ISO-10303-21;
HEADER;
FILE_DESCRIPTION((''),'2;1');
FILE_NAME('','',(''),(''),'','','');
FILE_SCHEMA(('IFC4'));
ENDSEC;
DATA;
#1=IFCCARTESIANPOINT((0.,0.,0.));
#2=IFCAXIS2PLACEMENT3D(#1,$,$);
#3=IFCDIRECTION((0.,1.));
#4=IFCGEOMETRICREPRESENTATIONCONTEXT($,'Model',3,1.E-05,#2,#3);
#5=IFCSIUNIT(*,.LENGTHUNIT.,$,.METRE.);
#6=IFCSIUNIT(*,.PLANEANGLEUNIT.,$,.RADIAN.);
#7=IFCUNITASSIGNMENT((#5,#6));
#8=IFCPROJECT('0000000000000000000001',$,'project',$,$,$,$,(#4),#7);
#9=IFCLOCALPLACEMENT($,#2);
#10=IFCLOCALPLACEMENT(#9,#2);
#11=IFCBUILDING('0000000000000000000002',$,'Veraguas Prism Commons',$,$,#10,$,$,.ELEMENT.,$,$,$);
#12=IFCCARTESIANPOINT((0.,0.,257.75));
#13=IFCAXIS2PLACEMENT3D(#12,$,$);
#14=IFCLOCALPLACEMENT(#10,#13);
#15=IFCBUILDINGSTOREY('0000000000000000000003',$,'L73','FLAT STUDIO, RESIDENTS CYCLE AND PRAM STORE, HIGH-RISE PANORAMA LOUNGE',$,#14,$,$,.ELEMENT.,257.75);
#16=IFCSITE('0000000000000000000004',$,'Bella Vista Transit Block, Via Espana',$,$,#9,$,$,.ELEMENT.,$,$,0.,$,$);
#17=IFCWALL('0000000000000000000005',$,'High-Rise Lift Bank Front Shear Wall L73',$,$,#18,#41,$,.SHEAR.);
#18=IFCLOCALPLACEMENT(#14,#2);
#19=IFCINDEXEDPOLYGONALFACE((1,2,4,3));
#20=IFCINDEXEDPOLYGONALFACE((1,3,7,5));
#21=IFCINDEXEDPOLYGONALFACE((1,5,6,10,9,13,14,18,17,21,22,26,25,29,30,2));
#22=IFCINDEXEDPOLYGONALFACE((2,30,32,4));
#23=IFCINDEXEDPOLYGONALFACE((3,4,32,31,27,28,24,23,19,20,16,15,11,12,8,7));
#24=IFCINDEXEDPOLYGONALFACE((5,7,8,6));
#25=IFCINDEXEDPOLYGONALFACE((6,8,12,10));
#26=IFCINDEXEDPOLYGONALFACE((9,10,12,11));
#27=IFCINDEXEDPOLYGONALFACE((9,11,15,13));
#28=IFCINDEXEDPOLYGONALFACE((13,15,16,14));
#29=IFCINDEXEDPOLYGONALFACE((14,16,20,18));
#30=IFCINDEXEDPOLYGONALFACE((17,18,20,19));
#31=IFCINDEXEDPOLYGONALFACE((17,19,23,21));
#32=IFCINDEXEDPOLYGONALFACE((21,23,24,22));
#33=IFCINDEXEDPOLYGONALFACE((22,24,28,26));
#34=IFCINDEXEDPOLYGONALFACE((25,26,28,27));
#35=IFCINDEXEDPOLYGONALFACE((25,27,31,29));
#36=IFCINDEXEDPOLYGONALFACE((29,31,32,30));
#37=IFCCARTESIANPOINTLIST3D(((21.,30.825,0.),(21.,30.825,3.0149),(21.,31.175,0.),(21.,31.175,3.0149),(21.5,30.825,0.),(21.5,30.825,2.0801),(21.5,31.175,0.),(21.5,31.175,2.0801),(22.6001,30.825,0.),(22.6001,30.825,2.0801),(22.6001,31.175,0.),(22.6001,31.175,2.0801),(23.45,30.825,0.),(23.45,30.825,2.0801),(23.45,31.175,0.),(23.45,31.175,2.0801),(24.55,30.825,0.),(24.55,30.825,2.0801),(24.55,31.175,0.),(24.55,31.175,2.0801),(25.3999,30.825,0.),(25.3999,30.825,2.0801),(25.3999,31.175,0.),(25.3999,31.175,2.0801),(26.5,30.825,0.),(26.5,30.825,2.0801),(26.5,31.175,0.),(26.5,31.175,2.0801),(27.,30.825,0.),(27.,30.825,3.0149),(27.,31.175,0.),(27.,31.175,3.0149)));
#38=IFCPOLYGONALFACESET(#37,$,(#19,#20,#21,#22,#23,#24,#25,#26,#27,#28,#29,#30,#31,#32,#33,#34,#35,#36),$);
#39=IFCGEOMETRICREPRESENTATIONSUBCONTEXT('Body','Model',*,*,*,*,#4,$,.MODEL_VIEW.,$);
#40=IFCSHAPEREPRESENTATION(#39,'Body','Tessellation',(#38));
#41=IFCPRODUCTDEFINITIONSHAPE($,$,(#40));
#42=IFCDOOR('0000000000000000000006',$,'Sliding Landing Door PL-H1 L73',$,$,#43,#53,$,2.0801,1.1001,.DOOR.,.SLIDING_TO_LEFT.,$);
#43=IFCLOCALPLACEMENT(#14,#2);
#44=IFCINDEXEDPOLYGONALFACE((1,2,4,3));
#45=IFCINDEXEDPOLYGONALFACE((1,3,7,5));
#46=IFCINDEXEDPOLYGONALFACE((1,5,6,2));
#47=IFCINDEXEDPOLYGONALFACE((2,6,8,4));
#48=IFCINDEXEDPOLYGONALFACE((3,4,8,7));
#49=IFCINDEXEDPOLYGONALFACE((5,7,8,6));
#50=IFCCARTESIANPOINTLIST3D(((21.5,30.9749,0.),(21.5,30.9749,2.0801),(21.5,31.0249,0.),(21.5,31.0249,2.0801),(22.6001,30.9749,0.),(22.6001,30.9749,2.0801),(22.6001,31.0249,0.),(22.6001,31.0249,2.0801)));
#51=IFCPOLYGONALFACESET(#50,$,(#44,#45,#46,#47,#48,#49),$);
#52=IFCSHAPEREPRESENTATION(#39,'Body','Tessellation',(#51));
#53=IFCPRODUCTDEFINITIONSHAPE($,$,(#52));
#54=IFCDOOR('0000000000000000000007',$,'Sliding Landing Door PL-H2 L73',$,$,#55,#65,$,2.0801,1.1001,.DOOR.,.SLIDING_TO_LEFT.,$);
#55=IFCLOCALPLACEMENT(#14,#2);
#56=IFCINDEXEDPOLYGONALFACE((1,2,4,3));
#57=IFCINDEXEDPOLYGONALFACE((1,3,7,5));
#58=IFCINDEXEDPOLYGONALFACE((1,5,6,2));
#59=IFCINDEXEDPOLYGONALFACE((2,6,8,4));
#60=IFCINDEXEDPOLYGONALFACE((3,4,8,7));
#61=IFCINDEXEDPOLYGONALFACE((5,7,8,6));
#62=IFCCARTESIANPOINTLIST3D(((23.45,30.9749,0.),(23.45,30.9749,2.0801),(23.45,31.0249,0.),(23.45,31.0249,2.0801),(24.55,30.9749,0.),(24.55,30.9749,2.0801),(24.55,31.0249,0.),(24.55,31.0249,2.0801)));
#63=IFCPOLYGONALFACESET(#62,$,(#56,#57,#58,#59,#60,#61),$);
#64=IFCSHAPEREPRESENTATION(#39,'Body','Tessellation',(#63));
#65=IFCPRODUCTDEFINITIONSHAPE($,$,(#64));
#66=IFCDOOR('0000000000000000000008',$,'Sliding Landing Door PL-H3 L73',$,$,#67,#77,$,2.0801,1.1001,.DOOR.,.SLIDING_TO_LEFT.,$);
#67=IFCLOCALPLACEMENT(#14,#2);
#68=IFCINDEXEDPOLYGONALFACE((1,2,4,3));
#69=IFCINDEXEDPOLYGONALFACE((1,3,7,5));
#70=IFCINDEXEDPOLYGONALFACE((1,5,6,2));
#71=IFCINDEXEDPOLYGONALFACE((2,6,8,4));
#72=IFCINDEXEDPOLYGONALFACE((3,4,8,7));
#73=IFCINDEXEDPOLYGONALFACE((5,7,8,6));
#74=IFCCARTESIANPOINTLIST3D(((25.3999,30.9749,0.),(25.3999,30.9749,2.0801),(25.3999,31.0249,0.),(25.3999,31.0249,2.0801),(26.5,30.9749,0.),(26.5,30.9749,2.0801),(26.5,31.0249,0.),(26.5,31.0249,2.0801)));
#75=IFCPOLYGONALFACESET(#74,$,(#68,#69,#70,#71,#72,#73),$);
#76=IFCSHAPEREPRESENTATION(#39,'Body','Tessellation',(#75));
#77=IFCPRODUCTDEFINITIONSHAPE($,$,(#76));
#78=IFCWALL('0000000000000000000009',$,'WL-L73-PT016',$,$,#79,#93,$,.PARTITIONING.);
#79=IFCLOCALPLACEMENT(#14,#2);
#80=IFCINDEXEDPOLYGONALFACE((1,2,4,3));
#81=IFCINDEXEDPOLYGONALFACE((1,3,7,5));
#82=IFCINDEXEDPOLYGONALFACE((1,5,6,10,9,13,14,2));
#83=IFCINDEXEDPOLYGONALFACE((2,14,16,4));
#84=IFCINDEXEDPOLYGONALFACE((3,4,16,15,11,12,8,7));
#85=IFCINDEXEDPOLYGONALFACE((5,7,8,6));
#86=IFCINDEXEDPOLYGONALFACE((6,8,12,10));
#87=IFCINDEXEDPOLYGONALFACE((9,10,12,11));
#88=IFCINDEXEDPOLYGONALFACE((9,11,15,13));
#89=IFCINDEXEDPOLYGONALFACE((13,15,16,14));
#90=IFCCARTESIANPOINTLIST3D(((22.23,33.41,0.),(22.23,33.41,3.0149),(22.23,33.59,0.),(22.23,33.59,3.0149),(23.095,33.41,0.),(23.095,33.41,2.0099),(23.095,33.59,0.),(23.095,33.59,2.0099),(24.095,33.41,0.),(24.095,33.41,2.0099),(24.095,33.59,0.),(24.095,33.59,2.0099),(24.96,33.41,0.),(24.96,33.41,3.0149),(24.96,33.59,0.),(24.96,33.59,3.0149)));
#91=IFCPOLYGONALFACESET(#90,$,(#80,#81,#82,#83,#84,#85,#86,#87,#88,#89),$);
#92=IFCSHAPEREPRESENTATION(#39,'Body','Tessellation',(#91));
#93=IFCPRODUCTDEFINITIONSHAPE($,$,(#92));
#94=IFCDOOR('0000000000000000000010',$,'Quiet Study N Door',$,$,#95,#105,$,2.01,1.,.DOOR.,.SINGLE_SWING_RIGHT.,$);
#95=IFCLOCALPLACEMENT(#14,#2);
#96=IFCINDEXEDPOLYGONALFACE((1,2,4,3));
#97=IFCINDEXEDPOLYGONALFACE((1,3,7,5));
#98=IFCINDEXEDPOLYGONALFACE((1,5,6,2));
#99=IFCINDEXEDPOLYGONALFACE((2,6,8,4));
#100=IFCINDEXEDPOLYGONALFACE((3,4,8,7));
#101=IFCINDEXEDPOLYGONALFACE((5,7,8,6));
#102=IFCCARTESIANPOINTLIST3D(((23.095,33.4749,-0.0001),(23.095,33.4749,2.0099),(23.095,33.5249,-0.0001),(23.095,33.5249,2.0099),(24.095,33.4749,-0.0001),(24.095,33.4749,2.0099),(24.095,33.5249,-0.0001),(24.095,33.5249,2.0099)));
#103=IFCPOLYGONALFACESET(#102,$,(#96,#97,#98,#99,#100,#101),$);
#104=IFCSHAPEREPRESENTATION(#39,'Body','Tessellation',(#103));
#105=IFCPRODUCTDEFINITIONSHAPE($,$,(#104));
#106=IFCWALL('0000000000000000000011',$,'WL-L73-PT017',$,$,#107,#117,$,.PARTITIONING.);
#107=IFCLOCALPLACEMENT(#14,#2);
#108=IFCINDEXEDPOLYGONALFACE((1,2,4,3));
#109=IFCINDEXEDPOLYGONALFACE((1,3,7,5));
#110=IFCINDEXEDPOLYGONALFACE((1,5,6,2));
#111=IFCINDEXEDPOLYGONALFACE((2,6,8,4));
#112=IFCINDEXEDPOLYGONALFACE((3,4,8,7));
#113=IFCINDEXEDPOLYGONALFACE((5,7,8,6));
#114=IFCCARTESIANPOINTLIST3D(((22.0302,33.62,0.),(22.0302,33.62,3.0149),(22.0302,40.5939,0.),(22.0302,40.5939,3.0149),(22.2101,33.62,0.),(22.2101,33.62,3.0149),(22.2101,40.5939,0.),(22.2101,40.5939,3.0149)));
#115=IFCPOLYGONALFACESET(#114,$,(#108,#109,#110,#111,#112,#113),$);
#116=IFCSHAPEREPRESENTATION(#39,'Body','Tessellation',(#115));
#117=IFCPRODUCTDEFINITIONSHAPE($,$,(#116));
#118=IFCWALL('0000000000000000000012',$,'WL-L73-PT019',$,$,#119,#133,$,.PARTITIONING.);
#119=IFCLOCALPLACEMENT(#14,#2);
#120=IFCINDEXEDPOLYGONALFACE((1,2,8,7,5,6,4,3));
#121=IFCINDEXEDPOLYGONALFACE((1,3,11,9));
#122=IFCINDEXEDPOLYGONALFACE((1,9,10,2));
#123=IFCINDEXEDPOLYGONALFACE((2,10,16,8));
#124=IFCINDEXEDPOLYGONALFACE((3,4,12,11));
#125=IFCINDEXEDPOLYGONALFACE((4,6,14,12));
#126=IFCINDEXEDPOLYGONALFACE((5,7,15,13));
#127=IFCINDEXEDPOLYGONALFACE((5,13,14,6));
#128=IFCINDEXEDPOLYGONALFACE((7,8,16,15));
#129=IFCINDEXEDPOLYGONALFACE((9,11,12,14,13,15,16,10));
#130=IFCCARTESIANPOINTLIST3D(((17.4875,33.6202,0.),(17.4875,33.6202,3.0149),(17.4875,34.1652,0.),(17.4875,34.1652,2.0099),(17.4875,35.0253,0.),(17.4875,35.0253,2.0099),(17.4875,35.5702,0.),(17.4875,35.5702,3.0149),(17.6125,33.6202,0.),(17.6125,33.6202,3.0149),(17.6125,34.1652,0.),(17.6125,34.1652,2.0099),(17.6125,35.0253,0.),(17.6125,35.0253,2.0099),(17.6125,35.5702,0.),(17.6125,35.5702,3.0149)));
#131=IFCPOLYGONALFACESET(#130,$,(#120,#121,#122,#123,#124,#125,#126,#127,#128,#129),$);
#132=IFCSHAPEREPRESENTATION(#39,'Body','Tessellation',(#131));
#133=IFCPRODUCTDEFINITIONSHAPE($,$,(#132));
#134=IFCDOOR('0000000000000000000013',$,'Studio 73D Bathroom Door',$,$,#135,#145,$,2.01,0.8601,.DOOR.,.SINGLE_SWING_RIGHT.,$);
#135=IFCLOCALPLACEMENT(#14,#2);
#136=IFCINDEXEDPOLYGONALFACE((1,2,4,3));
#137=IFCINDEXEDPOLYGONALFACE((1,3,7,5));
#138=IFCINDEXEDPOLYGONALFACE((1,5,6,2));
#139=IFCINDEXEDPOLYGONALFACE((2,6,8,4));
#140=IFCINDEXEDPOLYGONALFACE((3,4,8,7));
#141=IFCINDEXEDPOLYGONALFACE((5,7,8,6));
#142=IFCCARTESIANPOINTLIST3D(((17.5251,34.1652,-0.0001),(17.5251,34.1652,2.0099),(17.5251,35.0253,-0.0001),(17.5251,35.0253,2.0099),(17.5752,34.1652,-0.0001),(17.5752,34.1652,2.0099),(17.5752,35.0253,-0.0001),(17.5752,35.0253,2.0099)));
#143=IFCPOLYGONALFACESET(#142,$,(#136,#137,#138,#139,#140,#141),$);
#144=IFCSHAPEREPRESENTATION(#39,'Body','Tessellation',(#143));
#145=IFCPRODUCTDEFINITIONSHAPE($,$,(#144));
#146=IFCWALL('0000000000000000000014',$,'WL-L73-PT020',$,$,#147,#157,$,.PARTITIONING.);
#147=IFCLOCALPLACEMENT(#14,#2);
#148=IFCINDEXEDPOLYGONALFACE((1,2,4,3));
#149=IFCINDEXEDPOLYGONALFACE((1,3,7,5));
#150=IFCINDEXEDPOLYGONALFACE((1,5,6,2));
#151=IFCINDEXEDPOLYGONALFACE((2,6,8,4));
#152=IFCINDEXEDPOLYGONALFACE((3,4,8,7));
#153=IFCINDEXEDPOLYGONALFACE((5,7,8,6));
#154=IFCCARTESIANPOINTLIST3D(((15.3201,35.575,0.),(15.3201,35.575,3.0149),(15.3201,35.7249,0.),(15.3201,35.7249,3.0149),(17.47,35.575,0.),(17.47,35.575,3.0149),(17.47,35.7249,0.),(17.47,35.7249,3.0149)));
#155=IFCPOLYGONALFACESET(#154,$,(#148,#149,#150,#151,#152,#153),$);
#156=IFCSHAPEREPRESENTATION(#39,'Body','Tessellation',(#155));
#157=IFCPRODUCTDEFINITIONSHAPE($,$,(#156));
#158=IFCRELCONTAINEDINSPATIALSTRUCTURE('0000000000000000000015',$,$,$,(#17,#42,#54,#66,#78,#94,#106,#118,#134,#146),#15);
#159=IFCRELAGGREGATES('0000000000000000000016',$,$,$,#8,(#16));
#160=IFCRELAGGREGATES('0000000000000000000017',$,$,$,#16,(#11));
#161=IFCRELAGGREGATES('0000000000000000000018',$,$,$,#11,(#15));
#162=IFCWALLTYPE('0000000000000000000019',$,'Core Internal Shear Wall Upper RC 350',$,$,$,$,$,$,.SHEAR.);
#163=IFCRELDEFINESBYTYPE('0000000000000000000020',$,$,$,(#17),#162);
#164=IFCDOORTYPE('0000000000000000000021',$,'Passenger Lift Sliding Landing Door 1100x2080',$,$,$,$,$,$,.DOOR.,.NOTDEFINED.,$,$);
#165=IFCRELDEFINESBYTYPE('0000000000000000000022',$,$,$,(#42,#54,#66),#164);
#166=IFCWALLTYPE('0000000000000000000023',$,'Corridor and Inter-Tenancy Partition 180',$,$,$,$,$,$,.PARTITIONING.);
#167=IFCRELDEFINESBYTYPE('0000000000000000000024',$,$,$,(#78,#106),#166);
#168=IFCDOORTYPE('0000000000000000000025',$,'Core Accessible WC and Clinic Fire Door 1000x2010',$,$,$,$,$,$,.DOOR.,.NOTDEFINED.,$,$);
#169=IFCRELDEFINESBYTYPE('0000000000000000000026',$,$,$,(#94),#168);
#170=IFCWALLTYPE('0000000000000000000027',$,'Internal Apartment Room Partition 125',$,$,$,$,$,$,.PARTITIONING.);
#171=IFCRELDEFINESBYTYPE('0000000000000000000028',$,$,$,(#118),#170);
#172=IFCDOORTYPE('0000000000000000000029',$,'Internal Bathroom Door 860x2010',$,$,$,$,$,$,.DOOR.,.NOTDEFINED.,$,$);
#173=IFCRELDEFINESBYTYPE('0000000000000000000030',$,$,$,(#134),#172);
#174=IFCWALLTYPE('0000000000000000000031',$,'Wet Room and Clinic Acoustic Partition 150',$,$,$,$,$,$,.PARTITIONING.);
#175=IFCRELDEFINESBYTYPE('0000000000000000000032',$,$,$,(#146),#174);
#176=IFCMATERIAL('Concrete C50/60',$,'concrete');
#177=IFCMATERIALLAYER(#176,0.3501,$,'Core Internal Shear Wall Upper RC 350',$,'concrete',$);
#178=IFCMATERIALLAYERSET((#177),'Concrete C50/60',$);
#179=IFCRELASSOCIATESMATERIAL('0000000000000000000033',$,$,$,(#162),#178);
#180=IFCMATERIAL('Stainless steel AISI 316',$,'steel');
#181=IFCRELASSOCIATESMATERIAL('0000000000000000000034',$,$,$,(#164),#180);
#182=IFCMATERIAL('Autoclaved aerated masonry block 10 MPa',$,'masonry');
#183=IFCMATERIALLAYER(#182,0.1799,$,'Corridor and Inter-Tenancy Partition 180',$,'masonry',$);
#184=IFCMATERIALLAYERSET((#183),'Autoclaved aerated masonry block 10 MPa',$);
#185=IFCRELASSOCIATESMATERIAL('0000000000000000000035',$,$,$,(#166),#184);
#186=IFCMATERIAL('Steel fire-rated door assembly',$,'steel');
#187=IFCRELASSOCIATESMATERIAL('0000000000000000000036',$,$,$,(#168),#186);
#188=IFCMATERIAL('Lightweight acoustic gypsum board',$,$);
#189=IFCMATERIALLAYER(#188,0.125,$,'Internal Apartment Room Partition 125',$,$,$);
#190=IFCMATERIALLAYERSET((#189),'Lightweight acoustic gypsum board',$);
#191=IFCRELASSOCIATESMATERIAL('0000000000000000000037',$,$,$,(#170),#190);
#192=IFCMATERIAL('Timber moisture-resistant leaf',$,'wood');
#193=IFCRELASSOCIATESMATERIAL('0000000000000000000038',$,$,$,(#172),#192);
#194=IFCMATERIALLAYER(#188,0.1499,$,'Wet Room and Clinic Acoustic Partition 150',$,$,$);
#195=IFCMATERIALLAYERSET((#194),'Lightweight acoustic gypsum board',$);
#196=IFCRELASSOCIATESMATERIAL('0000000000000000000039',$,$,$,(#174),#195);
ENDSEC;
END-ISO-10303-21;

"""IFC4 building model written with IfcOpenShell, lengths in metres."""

from ifc_helpers import new_model, si_unit, direction, frame, frame_2d, origin, place, context, subcontext, project, spatial, rectangle, extrude, source, transform, mapped, material, layer, layer_set, type_object, element, fill, save


model = new_model("IFC4")

# Units and contexts
model_context = context("Model", 3, precision=1e-05, world=origin(), true_north=direction((0.0, 1.0)))
body_context = subcontext(model_context, "Body", "Model", "MODEL_VIEW")
ifc_project = project(units=[si_unit("LENGTHUNIT", "METRE"), si_unit("PLANEANGLEUNIT", "RADIAN")], contexts=[model_context])

# Site, building, storey
site_placement = place(None, origin())
site = spatial("IfcSite", under=ifc_project, at=site_placement, Name="Bella Vista Transit Block, Via Espana", CompositionType="ELEMENT", RefElevation=0.0)
building_placement = place(site_placement, origin())
building = spatial("IfcBuilding", under=site, at=building_placement, Name="Veraguas Prism Commons", CompositionType="ELEMENT")
storey_placement = place(building_placement, frame((0.0, 0.0, 257.75)))
storey = spatial("IfcBuildingStorey", under=building, at=storey_placement, Name="L73", Description="FLAT STUDIO, RESIDENTS CYCLE AND PRAM STORE, HIGH-RISE PANORAMA LOUNGE", CompositionType="ELEMENT", Elevation=257.75)

# Shared definitions
ifc_material_1 = material(Name="Concrete C50/60", Category="concrete")

# Wall, openings, doors
ifc_layer_1 = layer(ifc_material_1, 0.3501, Name="Core Internal Shear Wall Upper RC 350", Category="concrete")
ifc_layer_set_1 = layer_set([ifc_layer_1], Name="Concrete C50/60")
wall_type_1 = type_object("IfcWallType", Name="Core Internal Shear Wall Upper RC 350", PredefinedType="SHEAR", material=ifc_layer_set_1)
wall_1_placement = place(storey_placement, frame((21.0, 31.0, 0.0), z_axis=(0.0, 0.0, 1.0), x_axis=(1.0, 0.0, 0.0)))
wall_1 = element("IfcWall", 1, at=wall_1_placement, inside=storey, type_object=wall_type_1, Name="High-Rise Lift Bank Front Shear Wall L73", PredefinedType="SHEAR", context=body_context, shape_type="SweptSolid", body=[
    extrude(rectangle(XDim=6.0, YDim=0.3501, at=frame_2d((3.0, 0.0))), origin(), (0.0, 0.0, 1.0), 3.0149),
])
opening_1_placement = place(wall_1_placement, frame((0.5, 0.0, 0.0)))
opening_1 = element("IfcOpeningElement", 2, at=opening_1_placement, cuts=wall_1, PredefinedType="OPENING", context=body_context, shape_type="SweptSolid", body=[
    extrude(rectangle(XDim=1.1001, YDim=2.0801, at=frame_2d((0.55, 1.04))), frame((0.0, 0.1851, 0.0), z_axis=(0.0, -1.0, 0.0), x_axis=(1.0, 0.0, 0.0)), (0.0, 0.0, 1.0), 0.3701),
])
opening_2_placement = place(wall_1_placement, frame((2.45, 0.0, 0.0)))
opening_2 = element("IfcOpeningElement", 3, at=opening_2_placement, cuts=wall_1, PredefinedType="OPENING", context=body_context, shape_type="SweptSolid", body=[
    extrude(rectangle(XDim=1.1001, YDim=2.0801, at=frame_2d((0.55, 1.04))), frame((0.0, 0.1851, 0.0), z_axis=(0.0, -1.0, 0.0), x_axis=(1.0, 0.0, 0.0)), (0.0, 0.0, 1.0), 0.3701),
])
opening_3_placement = place(wall_1_placement, frame((4.3999, 0.0, 0.0)))
opening_3 = element("IfcOpeningElement", 4, at=opening_3_placement, cuts=wall_1, PredefinedType="OPENING", context=body_context, shape_type="SweptSolid", body=[
    extrude(rectangle(XDim=1.1001, YDim=2.0801, at=frame_2d((0.55, 1.04))), frame((0.0, 0.1851, 0.0), z_axis=(0.0, -1.0, 0.0), x_axis=(1.0, 0.0, 0.0)), (0.0, 0.0, 1.0), 0.3701),
])
ifc_material_2 = material(Name="Stainless steel AISI 316", Category="steel")
door_type_1 = type_object("IfcDoorType", Name="Passenger Lift Sliding Landing Door 1100x2080", OperationType="NOTDEFINED", PredefinedType="DOOR", material=ifc_material_2)
shared_shape_1 = source(origin(), body_context, "Body", "SweptSolid", [
    extrude(rectangle(XDim=1.1001, YDim=2.0801, at=frame_2d((0.55, 1.04))), frame((0.0, 0.0249, 0.0), z_axis=(0.0, -1.0, 0.0), x_axis=(1.0, 0.0, 0.0)), (0.0, 0.0, 1.0), 0.05),
])
door_1_placement = place(opening_1_placement, origin())
door_1 = element("IfcDoor", 5, at=door_1_placement, inside=storey, type_object=door_type_1, Name="Sliding Landing Door PL-H1 L73", OperationType="SLIDING_TO_LEFT", OverallHeight=2.0801, OverallWidth=1.1001, PredefinedType="DOOR", context=body_context, shape_type="MappedRepresentation", body=[
    mapped(shared_shape_1, transform((0.0, 0.0, 0.0), scale=1.0)),
])
fill(opening_1, door_1)
door_2_placement = place(opening_2_placement, origin())
door_2 = element("IfcDoor", 6, at=door_2_placement, inside=storey, type_object=door_type_1, Name="Sliding Landing Door PL-H2 L73", OperationType="SLIDING_TO_LEFT", OverallHeight=2.0801, OverallWidth=1.1001, PredefinedType="DOOR", context=body_context, shape_type="MappedRepresentation", body=[
    mapped(shared_shape_1, transform((0.0, 0.0, 0.0), scale=1.0)),
])
fill(opening_2, door_2)
door_3_placement = place(opening_3_placement, origin())
door_3 = element("IfcDoor", 7, at=door_3_placement, inside=storey, type_object=door_type_1, Name="Sliding Landing Door PL-H3 L73", OperationType="SLIDING_TO_LEFT", OverallHeight=2.0801, OverallWidth=1.1001, PredefinedType="DOOR", context=body_context, shape_type="MappedRepresentation", body=[
    mapped(shared_shape_1, transform((0.0, 0.0, 0.0), scale=1.0)),
])
fill(opening_3, door_3)

# Wall, opening, door
ifc_material_3 = material(Name="Autoclaved aerated masonry block 10 MPa", Category="masonry")
ifc_layer_2 = layer(ifc_material_3, 0.1799, Name="Corridor and Inter-Tenancy Partition 180", Category="masonry")
ifc_layer_set_2 = layer_set([ifc_layer_2], Name="Autoclaved aerated masonry block 10 MPa")
wall_type_2 = type_object("IfcWallType", Name="Corridor and Inter-Tenancy Partition 180", PredefinedType="PARTITIONING", material=ifc_layer_set_2)
wall_2_placement = place(storey_placement, frame((22.23, 33.5, 0.0), z_axis=(0.0, 0.0, 1.0), x_axis=(1.0, 0.0, 0.0)))
wall_2 = element("IfcWall", 8, at=wall_2_placement, inside=storey, type_object=wall_type_2, Name="WL-L73-PT016", PredefinedType="PARTITIONING", context=body_context, shape_type="SweptSolid", body=[
    extrude(rectangle(XDim=2.73, YDim=0.1799, at=frame_2d((1.365, 0.0))), origin(), (0.0, 0.0, 1.0), 3.0149),
])
opening_4_placement = place(wall_2_placement, frame((0.865, 0.0, 0.0)))
opening_4 = element("IfcOpeningElement", 9, at=opening_4_placement, cuts=wall_2, PredefinedType="OPENING", context=body_context, shape_type="SweptSolid", body=[
    extrude(rectangle(XDim=1.0, YDim=2.01, at=frame_2d((0.5, 1.0049))), frame((0.0, 0.0999, 0.0), z_axis=(0.0, -1.0, 0.0), x_axis=(1.0, 0.0, 0.0)), (0.0, 0.0, 1.0), 0.2),
])
ifc_material_4 = material(Name="Steel fire-rated door assembly", Category="steel")
door_type_2 = type_object("IfcDoorType", Name="Core Accessible WC and Clinic Fire Door 1000x2010", OperationType="NOTDEFINED", PredefinedType="DOOR", material=ifc_material_4)
shared_shape_2 = source(origin(), body_context, "Body", "SweptSolid", [
    extrude(rectangle(XDim=1.0, YDim=2.01, at=frame_2d((0.5, 1.0049))), frame((0.0, 0.0249, 0.0), z_axis=(0.0, -1.0, 0.0), x_axis=(1.0, 0.0, 0.0)), (0.0, 0.0, 1.0), 0.05),
])
door_4_placement = place(opening_4_placement, origin())
door_4 = element("IfcDoor", 10, at=door_4_placement, inside=storey, type_object=door_type_2, Name="Quiet Study N Door", OperationType="SINGLE_SWING_RIGHT", OverallHeight=2.01, OverallWidth=1.0, PredefinedType="DOOR", context=body_context, shape_type="MappedRepresentation", body=[
    mapped(shared_shape_2, transform((0.0, 0.0, 0.0), scale=1.0)),
])
fill(opening_4, door_4)

# Wall
wall_3_placement = place(storey_placement, frame((22.1201, 33.6201, 0.0), z_axis=(0.0, 0.0, 1.0), x_axis=(0.0, 1.0, 0.0)))
element("IfcWall", 11, at=wall_3_placement, inside=storey, type_object=wall_type_2, Name="WL-L73-PT017", PredefinedType="PARTITIONING", context=body_context, shape_type="SweptSolid", body=[
    extrude(rectangle(XDim=6.9739, YDim=0.1799, at=frame_2d((3.4868, 0.0))), origin(), (0.0, 0.0, 1.0), 3.0149),
])

# Wall, opening, door
ifc_material_5 = material(Name="Lightweight acoustic gypsum board")
ifc_layer_3 = layer(ifc_material_5, 0.125, Name="Internal Apartment Room Partition 125")
ifc_layer_set_3 = layer_set([ifc_layer_3], Name="Lightweight acoustic gypsum board")
wall_type_3 = type_object("IfcWallType", Name="Internal Apartment Room Partition 125", PredefinedType="PARTITIONING", material=ifc_layer_set_3)
wall_4_placement = place(storey_placement, frame((17.55, 33.6201, 0.0), z_axis=(0.0, 0.0, 1.0), x_axis=(0.0, 1.0, 0.0)))
wall_4 = element("IfcWall", 12, at=wall_4_placement, inside=storey, type_object=wall_type_3, Name="WL-L73-PT019", PredefinedType="PARTITIONING", context=body_context, shape_type="SweptSolid", body=[
    extrude(rectangle(XDim=1.95, YDim=0.125, at=frame_2d((0.9751, 0.0))), origin(), (0.0, 0.0, 1.0), 3.0149),
])
opening_5_placement = place(wall_4_placement, frame((0.5449, 0.0, 0.0)))
opening_5 = element("IfcOpeningElement", 13, at=opening_5_placement, cuts=wall_4, PredefinedType="OPENING", context=body_context, shape_type="SweptSolid", body=[
    extrude(rectangle(XDim=0.8601, YDim=2.01, at=frame_2d((0.4302, 1.0049))), frame((0.0, 0.0725, 0.0), z_axis=(0.0, -1.0, 0.0), x_axis=(1.0, 0.0, 0.0)), (0.0, 0.0, 1.0), 0.145),
])
ifc_material_6 = material(Name="Timber moisture-resistant leaf", Category="wood")
door_type_3 = type_object("IfcDoorType", Name="Internal Bathroom Door 860x2010", OperationType="NOTDEFINED", PredefinedType="DOOR", material=ifc_material_6)
shared_shape_3 = source(origin(), body_context, "Body", "SweptSolid", [
    extrude(rectangle(XDim=0.8601, YDim=2.01, at=frame_2d((0.4302, 1.0049))), frame((0.0, 0.0249, 0.0), z_axis=(0.0, -1.0, 0.0), x_axis=(1.0, 0.0, 0.0)), (0.0, 0.0, 1.0), 0.05),
])
door_5_placement = place(opening_5_placement, origin())
door_5 = element("IfcDoor", 14, at=door_5_placement, inside=storey, type_object=door_type_3, Name="Studio 73D Bathroom Door", OperationType="SINGLE_SWING_RIGHT", OverallHeight=2.01, OverallWidth=0.8601, PredefinedType="DOOR", context=body_context, shape_type="MappedRepresentation", body=[
    mapped(shared_shape_3, transform((0.0, 0.0, 0.0), scale=1.0)),
])
fill(opening_5, door_5)

# Wall
ifc_layer_4 = layer(ifc_material_5, 0.1499, Name="Wet Room and Clinic Acoustic Partition 150")
ifc_layer_set_4 = layer_set([ifc_layer_4], Name="Lightweight acoustic gypsum board")
wall_type_4 = type_object("IfcWallType", Name="Wet Room and Clinic Acoustic Partition 150", PredefinedType="PARTITIONING", material=ifc_layer_set_4)
wall_5_placement = place(storey_placement, frame((15.3201, 35.6499, 0.0), z_axis=(0.0, 0.0, 1.0), x_axis=(1.0, 0.0, 0.0)))
element("IfcWall", 15, at=wall_5_placement, inside=storey, type_object=wall_type_4, Name="WL-L73-PT020", PredefinedType="PARTITIONING", context=body_context, shape_type="SweptSolid", body=[
    extrude(rectangle(XDim=2.1499, YDim=0.1499, at=frame_2d((1.075, 0.0))), origin(), (0.0, 0.0, 1.0), 3.0149),
])

save(model, "model.ifc")
